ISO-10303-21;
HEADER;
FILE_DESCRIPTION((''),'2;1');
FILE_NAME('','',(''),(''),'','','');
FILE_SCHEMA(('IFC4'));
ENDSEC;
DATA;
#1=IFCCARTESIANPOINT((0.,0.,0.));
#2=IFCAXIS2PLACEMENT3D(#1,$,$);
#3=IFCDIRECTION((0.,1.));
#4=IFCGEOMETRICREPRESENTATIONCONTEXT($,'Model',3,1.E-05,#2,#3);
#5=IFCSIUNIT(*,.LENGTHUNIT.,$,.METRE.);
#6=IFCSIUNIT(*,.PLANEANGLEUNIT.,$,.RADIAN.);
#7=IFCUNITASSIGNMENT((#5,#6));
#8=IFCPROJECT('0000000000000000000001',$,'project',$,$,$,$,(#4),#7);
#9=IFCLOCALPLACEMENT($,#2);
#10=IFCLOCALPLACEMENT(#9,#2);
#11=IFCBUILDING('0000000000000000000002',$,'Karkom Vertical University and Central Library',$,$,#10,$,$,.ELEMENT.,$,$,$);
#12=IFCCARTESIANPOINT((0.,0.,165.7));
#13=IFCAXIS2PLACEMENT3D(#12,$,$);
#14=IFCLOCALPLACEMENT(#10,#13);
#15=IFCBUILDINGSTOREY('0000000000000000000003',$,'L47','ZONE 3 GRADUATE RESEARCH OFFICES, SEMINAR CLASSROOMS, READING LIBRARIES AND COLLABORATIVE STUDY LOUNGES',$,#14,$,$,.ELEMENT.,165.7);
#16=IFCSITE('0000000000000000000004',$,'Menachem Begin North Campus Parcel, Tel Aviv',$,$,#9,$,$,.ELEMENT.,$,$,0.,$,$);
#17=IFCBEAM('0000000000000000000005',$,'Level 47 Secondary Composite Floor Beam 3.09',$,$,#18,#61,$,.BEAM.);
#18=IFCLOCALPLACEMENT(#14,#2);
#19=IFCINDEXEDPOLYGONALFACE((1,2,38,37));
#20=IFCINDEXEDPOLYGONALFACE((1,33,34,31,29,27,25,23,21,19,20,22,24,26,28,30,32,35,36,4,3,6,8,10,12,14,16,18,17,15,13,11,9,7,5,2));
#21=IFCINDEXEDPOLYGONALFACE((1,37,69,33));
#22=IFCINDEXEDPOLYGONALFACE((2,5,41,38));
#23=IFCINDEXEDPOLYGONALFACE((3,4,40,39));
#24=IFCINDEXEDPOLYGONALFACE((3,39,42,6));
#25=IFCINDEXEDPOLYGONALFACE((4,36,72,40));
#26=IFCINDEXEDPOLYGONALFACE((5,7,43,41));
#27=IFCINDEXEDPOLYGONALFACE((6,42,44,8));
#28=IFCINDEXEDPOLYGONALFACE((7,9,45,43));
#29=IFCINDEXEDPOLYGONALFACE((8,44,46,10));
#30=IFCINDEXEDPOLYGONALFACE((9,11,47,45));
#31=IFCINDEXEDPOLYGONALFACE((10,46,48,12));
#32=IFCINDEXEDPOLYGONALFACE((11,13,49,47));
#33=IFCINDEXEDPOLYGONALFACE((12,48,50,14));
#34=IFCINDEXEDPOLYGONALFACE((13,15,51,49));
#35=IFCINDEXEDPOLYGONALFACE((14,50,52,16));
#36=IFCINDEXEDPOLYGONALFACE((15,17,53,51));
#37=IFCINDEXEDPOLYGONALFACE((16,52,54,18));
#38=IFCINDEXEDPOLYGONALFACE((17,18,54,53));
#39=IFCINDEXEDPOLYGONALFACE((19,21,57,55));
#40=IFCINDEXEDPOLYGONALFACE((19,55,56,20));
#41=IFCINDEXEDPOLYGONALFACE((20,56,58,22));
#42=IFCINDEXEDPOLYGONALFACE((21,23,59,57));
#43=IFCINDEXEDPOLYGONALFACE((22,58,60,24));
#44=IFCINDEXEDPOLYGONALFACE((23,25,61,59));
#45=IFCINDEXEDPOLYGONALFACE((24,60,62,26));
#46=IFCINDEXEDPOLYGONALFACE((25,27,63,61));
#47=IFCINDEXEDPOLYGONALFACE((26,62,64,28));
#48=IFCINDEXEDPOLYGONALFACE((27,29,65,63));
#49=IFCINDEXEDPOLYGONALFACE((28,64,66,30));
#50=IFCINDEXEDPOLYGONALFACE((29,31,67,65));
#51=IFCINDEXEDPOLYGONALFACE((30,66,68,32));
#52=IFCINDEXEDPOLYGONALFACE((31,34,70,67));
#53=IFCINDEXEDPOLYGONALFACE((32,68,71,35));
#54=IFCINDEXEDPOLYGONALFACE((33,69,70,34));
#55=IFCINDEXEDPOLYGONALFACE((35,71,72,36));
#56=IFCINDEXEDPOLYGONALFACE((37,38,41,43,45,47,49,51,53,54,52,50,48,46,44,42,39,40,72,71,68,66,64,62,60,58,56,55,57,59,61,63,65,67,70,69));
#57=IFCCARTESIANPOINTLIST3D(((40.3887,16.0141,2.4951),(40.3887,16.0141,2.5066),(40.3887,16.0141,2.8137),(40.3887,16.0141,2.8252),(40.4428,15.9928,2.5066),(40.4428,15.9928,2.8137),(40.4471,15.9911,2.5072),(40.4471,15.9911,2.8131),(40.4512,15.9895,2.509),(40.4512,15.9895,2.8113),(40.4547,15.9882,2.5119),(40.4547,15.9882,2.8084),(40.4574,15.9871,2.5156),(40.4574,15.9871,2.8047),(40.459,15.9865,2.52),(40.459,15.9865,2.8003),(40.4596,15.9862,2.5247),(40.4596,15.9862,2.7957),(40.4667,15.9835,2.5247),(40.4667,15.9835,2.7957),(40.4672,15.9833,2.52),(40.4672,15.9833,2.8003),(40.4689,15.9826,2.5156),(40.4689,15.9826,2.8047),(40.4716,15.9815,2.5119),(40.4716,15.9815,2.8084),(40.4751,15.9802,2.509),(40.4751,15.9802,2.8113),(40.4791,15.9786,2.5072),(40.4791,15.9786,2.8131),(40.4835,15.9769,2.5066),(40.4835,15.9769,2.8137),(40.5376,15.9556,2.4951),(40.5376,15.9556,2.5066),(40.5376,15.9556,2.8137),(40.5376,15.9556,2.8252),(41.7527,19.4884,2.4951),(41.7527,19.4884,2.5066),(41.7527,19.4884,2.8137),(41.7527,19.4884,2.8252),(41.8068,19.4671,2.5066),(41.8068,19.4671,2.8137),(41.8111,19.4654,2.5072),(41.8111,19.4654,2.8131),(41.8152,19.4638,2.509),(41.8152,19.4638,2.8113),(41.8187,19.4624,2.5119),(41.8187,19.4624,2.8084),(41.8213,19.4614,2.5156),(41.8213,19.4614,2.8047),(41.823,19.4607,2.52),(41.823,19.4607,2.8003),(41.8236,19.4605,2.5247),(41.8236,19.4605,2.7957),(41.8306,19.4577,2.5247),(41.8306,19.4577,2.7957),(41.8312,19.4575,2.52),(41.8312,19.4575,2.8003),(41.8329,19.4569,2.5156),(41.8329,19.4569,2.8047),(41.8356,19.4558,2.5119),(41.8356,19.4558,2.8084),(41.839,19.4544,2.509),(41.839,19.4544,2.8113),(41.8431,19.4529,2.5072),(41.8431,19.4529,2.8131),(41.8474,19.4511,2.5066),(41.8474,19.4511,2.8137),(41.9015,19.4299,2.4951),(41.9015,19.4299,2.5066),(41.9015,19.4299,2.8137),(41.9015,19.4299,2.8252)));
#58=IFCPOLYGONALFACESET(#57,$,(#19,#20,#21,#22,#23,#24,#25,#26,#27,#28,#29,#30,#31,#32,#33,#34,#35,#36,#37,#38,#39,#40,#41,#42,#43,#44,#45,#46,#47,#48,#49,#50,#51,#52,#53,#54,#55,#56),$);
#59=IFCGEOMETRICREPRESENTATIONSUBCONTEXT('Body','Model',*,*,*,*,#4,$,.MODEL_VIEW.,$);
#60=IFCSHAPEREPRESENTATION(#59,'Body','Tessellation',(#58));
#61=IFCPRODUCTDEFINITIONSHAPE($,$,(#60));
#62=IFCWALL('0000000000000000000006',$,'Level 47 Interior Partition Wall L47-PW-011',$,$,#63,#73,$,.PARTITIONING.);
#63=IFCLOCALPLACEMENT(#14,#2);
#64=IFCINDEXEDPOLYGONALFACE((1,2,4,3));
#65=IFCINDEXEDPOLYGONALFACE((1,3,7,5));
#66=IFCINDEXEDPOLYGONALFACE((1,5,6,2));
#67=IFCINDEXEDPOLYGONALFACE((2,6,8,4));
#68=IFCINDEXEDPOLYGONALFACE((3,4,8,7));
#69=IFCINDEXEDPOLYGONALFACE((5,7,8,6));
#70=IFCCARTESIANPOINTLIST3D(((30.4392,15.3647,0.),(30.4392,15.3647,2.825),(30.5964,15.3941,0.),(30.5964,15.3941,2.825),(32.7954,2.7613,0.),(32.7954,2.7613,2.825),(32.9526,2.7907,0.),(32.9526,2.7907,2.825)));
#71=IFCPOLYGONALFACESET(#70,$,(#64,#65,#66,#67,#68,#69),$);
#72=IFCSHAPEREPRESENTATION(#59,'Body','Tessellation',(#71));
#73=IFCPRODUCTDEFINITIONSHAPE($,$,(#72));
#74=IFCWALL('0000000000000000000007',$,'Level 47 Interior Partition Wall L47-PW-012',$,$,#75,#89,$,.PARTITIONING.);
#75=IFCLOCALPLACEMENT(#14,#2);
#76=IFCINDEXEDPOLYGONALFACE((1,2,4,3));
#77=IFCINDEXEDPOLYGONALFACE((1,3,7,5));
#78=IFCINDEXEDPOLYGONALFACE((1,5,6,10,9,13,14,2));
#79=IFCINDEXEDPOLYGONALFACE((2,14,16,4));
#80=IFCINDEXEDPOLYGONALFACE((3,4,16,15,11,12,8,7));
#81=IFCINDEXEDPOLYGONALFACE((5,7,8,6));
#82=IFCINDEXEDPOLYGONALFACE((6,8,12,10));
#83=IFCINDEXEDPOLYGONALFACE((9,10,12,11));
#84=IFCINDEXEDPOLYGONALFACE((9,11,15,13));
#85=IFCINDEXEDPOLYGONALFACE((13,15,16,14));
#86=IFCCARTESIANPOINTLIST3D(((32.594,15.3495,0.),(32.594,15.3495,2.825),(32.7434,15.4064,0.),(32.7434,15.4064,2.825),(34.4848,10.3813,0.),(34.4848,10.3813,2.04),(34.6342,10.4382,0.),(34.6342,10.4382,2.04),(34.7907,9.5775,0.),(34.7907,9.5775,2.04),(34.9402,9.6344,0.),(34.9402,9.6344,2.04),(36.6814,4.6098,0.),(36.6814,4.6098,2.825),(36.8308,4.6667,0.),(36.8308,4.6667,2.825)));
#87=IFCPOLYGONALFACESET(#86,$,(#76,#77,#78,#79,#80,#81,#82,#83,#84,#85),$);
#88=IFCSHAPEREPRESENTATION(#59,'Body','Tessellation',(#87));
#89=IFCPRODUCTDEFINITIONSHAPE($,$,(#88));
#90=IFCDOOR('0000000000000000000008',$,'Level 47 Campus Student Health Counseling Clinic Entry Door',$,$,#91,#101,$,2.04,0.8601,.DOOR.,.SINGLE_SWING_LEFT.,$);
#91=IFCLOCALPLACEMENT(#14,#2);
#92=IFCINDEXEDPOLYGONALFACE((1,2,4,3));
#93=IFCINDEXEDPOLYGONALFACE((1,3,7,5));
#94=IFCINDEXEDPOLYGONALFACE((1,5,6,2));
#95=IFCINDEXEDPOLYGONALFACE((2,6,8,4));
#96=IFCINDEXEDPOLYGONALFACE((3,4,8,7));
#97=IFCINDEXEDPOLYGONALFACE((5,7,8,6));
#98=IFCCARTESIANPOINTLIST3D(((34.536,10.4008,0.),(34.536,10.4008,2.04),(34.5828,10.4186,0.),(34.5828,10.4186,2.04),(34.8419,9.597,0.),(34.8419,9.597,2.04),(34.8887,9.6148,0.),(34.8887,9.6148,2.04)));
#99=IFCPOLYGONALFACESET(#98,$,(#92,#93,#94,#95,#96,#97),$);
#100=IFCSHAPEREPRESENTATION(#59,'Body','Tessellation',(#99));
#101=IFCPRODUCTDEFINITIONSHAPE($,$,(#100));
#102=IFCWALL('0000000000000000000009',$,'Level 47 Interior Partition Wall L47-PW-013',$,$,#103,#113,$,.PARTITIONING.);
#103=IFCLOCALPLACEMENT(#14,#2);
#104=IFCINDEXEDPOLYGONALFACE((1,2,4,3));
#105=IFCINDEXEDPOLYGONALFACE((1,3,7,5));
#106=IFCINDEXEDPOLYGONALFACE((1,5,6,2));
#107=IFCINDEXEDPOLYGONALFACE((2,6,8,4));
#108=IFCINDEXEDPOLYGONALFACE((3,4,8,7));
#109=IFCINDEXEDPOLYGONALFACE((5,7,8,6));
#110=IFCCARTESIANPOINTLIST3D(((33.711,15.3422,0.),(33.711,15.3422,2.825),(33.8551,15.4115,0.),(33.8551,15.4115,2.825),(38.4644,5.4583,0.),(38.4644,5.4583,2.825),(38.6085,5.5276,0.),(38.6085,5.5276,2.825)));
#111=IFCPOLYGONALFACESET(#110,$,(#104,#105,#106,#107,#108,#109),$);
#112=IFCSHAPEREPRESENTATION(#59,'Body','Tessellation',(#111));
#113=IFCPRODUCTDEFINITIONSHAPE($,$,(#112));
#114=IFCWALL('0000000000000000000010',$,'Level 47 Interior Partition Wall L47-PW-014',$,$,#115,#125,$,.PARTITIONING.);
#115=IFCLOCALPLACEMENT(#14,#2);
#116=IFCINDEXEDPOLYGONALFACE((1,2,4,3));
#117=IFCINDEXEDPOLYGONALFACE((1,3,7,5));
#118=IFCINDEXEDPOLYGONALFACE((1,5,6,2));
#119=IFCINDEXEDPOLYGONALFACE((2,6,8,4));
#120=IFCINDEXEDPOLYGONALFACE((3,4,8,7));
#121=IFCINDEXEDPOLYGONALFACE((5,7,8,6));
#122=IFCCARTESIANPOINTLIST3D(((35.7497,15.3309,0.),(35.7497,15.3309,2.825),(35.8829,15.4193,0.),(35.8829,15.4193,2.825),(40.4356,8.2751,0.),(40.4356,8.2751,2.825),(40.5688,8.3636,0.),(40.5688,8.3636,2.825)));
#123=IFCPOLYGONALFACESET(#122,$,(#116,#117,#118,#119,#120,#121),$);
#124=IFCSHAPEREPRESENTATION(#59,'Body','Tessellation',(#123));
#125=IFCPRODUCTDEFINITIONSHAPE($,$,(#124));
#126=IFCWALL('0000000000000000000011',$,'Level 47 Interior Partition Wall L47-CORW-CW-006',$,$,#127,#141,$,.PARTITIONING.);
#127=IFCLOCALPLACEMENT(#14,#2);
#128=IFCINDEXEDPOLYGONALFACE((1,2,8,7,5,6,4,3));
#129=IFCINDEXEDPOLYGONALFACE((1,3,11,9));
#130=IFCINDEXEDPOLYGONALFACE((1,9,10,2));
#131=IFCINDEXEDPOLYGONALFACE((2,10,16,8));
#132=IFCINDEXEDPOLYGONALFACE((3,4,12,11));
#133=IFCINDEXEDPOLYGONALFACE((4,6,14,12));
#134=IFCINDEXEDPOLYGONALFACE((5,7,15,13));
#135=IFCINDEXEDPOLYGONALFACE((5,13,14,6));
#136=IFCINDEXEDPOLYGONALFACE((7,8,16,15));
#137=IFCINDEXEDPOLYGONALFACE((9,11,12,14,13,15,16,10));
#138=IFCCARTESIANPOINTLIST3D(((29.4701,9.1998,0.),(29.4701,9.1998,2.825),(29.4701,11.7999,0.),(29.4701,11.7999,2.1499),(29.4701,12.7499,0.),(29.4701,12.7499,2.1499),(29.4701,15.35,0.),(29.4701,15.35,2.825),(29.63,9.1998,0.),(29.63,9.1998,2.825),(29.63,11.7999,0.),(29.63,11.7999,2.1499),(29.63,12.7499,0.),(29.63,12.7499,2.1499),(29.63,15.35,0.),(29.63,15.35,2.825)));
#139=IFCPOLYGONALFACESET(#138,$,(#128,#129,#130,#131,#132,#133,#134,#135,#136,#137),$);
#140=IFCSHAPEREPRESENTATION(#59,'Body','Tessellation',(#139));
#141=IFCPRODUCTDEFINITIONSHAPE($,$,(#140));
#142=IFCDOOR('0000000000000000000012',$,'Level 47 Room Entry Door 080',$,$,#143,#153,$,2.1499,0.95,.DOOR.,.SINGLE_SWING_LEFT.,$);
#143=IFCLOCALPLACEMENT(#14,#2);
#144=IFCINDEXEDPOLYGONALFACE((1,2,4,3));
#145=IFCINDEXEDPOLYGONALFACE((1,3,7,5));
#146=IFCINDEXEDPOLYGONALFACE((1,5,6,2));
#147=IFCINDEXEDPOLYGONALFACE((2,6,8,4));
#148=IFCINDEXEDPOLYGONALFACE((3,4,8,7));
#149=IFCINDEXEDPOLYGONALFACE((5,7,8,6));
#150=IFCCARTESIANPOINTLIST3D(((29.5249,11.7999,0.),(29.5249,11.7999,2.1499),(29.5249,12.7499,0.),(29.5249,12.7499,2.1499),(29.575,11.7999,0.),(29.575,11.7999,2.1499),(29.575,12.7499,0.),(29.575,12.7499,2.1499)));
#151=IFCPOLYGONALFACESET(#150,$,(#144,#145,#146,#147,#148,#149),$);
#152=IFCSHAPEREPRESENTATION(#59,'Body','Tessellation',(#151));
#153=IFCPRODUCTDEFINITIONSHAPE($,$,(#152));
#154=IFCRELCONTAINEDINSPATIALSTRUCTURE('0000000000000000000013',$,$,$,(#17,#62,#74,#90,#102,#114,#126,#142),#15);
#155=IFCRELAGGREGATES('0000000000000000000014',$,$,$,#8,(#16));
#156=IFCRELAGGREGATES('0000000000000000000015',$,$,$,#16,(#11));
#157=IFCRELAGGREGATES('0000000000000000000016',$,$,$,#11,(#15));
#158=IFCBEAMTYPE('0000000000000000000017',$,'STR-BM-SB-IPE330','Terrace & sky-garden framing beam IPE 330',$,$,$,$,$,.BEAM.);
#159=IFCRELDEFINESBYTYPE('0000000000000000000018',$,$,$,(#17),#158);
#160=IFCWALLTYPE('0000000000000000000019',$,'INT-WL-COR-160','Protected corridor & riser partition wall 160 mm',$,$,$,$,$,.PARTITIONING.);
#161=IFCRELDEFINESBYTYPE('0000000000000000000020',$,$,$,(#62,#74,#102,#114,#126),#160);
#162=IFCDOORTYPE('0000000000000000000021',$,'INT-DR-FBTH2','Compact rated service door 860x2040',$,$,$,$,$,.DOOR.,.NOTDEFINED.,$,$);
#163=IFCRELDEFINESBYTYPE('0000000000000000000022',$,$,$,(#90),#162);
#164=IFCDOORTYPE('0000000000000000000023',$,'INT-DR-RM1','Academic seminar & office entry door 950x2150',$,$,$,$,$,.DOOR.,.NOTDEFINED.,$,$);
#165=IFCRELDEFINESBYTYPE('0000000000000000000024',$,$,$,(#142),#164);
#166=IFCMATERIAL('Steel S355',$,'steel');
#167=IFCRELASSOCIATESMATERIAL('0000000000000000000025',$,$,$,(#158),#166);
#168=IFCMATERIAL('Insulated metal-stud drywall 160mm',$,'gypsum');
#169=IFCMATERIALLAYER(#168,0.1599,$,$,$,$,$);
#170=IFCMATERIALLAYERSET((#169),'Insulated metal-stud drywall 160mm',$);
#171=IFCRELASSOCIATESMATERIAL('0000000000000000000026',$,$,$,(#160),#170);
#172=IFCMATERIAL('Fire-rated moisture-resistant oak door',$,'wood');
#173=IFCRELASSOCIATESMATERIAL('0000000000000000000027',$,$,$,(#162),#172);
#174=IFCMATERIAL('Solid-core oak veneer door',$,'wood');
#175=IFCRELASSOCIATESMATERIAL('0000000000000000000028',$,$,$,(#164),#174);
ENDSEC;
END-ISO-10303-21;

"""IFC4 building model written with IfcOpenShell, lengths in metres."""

from ifc_helpers import new_model, si_unit, direction, frame, frame_2d, origin, origin_with_axes, origin_2d, place, context, subcontext, project, spatial, rectangle, i_section, extrude, source, transform, mapped, material, layer, layer_set, material_profile, profile_set, type_object, element, fill, save


model = new_model("IFC4")

# Units and contexts
model_context = context("Model", 3, precision=1e-05, world=origin(), true_north=direction((0.0, 1.0)))
body_context = subcontext(model_context, "Body", "Model", "MODEL_VIEW")
ifc_project = project(units=[si_unit("LENGTHUNIT", "METRE"), si_unit("PLANEANGLEUNIT", "RADIAN")], contexts=[model_context])

# Site, building, storey
site_placement = place(None, origin())
site = spatial("IfcSite", under=ifc_project, at=site_placement, Name="Menachem Begin North Campus Parcel, Tel Aviv", CompositionType="ELEMENT", RefElevation=0.0)
building_placement = place(site_placement, origin())
building = spatial("IfcBuilding", under=site, at=building_placement, Name="Karkom Vertical University and Central Library", CompositionType="ELEMENT")
storey_placement = place(building_placement, frame((0.0, 0.0, 165.7)))
storey = spatial("IfcBuildingStorey", under=building, at=storey_placement, Name="L47", Description="ZONE 3 GRADUATE RESEARCH OFFICES, SEMINAR CLASSROOMS, READING LIBRARIES AND COLLABORATIVE STUDY LOUNGES", CompositionType="ELEMENT", Elevation=165.7)

# Beam
ifc_material_1 = material(Name="Steel S355", Category="steel")
ifc_material_profile_1 = material_profile(ifc_material_1, i_section(OverallWidth=0.1599, OverallDepth=0.3301, WebThickness=0.0076, FlangeThickness=0.0115, FilletRadius=0.0181, at=origin_2d()), Name="IPE 330")
ifc_profile_set_1 = profile_set([ifc_material_profile_1], Name="Steel S355")
beam_type_1 = type_object("IfcBeamType", Name="STR-BM-SB-IPE330", Description="Terrace & sky-garden framing beam IPE 330", PredefinedType="BEAM", material=ifc_profile_set_1)
shared_shape_1 = source(origin_with_axes(), body_context, "Body", "SweptSolid", [
    extrude(i_section(OverallWidth=0.1599, OverallDepth=0.3301, WebThickness=0.0076, FlangeThickness=0.0115, FilletRadius=0.0181, at=origin_2d()), origin(), (0.0, 0.0, 1.0), 3.7324),
])
beam_1_placement = place(storey_placement, frame((40.4631, 15.9849, 2.6602), z_axis=(0.36544, 0.930835, 0.0), x_axis=(-0.930835, 0.36544, 0.0)))
element("IfcBeam", 1, at=beam_1_placement, inside=storey, type_object=beam_type_1, Name="Level 47 Secondary Composite Floor Beam 3.09", PredefinedType="BEAM", context=body_context, shape_type="MappedRepresentation", body=[
    mapped(shared_shape_1, transform((0.0, 0.0, 0.0), scale=1.0)),
])

# Wall
ifc_material_2 = material(Name="Insulated metal-stud drywall 160mm", Category="gypsum")
ifc_layer = layer(ifc_material_2, 0.1599)
ifc_layer_set = layer_set([ifc_layer], Name="Insulated metal-stud drywall 160mm")
wall_type = type_object("IfcWallType", Name="INT-WL-COR-160", Description="Protected corridor & riser partition wall 160 mm", PredefinedType="PARTITIONING", material=ifc_layer_set)
wall_1_placement = place(storey_placement, frame((30.5178, 15.3794, 0.0), z_axis=(0.0, 0.0, 1.0), x_axis=(0.183764, -0.98297, 0.0)))
element("IfcWall", 2, at=wall_1_placement, inside=storey, type_object=wall_type, Name="Level 47 Interior Partition Wall L47-PW-011", PredefinedType="PARTITIONING", context=body_context, shape_type="SweptSolid", body=[
    extrude(rectangle(XDim=12.8218, YDim=0.1599, at=frame_2d((6.4109, 0.0))), origin(), (0.0, 0.0, 1.0), 2.825),
])

# Wall, opening, door
wall_2_placement = place(storey_placement, frame((32.6687, 15.3779, 0.0), z_axis=(0.0, 0.0, 1.0), x_axis=(0.355697, -0.934601, 0.0)))
wall_2 = element("IfcWall", 3, at=wall_2_placement, inside=storey, type_object=wall_type, Name="Level 47 Interior Partition Wall L47-PW-012", PredefinedType="PARTITIONING", context=body_context, shape_type="SweptSolid", body=[
    extrude(rectangle(XDim=11.4912, YDim=0.1599, at=frame_2d((5.7456, 0.0))), origin(), (0.0, 0.0, 1.0), 2.825),
])
opening_1_placement = place(wall_2_placement, frame((5.3157, 0.0, 0.0)))
opening_1 = element("IfcOpeningElement", 4, at=opening_1_placement, cuts=wall_2, PredefinedType="OPENING", context=body_context, shape_type="SweptSolid", body=[
    extrude(rectangle(XDim=0.8601, YDim=2.04, at=frame_2d((0.4302, 1.02))), frame((0.0, 0.0898, 0.0), z_axis=(0.0, -1.0, 0.0), x_axis=(1.0, 0.0, 0.0)), (0.0, 0.0, 1.0), 0.1799),
])
ifc_material_3 = material(Name="Fire-rated moisture-resistant oak door", Category="wood")
door_type_1 = type_object("IfcDoorType", Name="INT-DR-FBTH2", Description="Compact rated service door 860x2040", OperationType="NOTDEFINED", PredefinedType="DOOR", material=ifc_material_3)
shared_shape_2 = source(origin_with_axes(), body_context, "Body", "SweptSolid", [
    extrude(rectangle(XDim=0.8601, YDim=2.04, at=frame_2d((0.4302, 1.02))), frame((0.0, 0.0249, 0.0), z_axis=(0.0, -1.0, 0.0), x_axis=(1.0, 0.0, 0.0)), (0.0, 0.0, 1.0), 0.05),
])
door_1_placement = place(opening_1_placement, origin())
door_1 = element("IfcDoor", 5, at=door_1_placement, inside=storey, type_object=door_type_1, Name="Level 47 Campus Student Health Counseling Clinic Entry Door", OperationType="SINGLE_SWING_LEFT", OverallHeight=2.04, OverallWidth=0.8601, PredefinedType="DOOR", context=body_context, shape_type="MappedRepresentation", body=[
    mapped(shared_shape_2, transform((0.0, 0.0, 0.0), scale=1.0)),
])
fill(opening_1, door_1)

# Wall
wall_3_placement = place(storey_placement, frame((33.783, 15.377, 0.0), z_axis=(0.0, 0.0, 1.0), x_axis=(0.433413, -0.901196, 0.0)))
element("IfcWall", 6, at=wall_3_placement, inside=storey, type_object=wall_type, Name="Level 47 Interior Partition Wall L47-PW-013", PredefinedType="PARTITIONING", context=body_context, shape_type="SweptSolid", body=[
    extrude(rectangle(XDim=10.9675, YDim=0.1599, at=frame_2d((5.4839, 0.0))), origin(), (0.0, 0.0, 1.0), 2.825),
])

# Shared definitions
ifc_material_4 = material(Name="Solid-core oak veneer door", Category="wood")
door_type_2 = type_object("IfcDoorType", Name="INT-DR-RM1", Description="Academic seminar & office entry door 950x2150", OperationType="NOTDEFINED", PredefinedType="DOOR", material=ifc_material_4)
shared_shape_3 = source(origin_with_axes(), body_context, "Body", "SweptSolid", [
    extrude(rectangle(XDim=0.95, YDim=2.1499, at=frame_2d((0.4751, 1.075))), frame((0.0, 0.0249, 0.0), z_axis=(0.0, -1.0, 0.0), x_axis=(1.0, 0.0, 0.0)), (0.0, 0.0, 1.0), 0.05),
])

# Wall
wall_4_placement = place(storey_placement, frame((35.8164, 15.375, 0.0), z_axis=(0.0, 0.0, 1.0), x_axis=(0.553229, -0.833029, 0.0)))
element("IfcWall", 7, at=wall_4_placement, inside=storey, type_object=wall_type, Name="Level 47 Interior Partition Wall L47-PW-014", PredefinedType="PARTITIONING", context=body_context, shape_type="SweptSolid", body=[
    extrude(rectangle(XDim=8.47, YDim=0.1599, at=frame_2d((4.2349, 0.0))), origin(), (0.0, 0.0, 1.0), 2.825),
])

# Wall, opening, door
wall_5_placement = place(storey_placement, frame((29.55, 15.3501, 0.0), z_axis=(0.0, 0.0, 1.0), x_axis=(0.0, -1.0, 0.0)))
wall_5 = element("IfcWall", 8, at=wall_5_placement, inside=storey, type_object=wall_type, Name="Level 47 Interior Partition Wall L47-CORW-CW-006", PredefinedType="PARTITIONING", context=body_context, shape_type="SweptSolid", body=[
    extrude(rectangle(XDim=6.1501, YDim=0.1599, at=frame_2d((3.0752, 0.0))), origin(), (0.0, 0.0, 1.0), 2.825),
])
opening_2_placement = place(wall_5_placement, frame((2.6001, 0.0, 0.0)))
opening_2 = element("IfcOpeningElement", 9, at=opening_2_placement, cuts=wall_5, PredefinedType="OPENING", context=body_context, shape_type="SweptSolid", body=[
    extrude(rectangle(XDim=0.95, YDim=2.1499, at=frame_2d((0.4751, 1.075))), frame((0.0, 0.0898, 0.0), z_axis=(0.0, -1.0, 0.0), x_axis=(1.0, 0.0, 0.0)), (0.0, 0.0, 1.0), 0.1799),
])
door_2_placement = place(opening_2_placement, origin())
door_2 = element("IfcDoor", 10, at=door_2_placement, inside=storey, type_object=door_type_2, Name="Level 47 Room Entry Door 080", OperationType="SINGLE_SWING_LEFT", OverallHeight=2.1499, OverallWidth=0.95, PredefinedType="DOOR", context=body_context, shape_type="MappedRepresentation", body=[
    mapped(shared_shape_3, transform((0.0, 0.0, 0.0), scale=1.0)),
])
fill(opening_2, door_2)

save(model, "model.ifc")
